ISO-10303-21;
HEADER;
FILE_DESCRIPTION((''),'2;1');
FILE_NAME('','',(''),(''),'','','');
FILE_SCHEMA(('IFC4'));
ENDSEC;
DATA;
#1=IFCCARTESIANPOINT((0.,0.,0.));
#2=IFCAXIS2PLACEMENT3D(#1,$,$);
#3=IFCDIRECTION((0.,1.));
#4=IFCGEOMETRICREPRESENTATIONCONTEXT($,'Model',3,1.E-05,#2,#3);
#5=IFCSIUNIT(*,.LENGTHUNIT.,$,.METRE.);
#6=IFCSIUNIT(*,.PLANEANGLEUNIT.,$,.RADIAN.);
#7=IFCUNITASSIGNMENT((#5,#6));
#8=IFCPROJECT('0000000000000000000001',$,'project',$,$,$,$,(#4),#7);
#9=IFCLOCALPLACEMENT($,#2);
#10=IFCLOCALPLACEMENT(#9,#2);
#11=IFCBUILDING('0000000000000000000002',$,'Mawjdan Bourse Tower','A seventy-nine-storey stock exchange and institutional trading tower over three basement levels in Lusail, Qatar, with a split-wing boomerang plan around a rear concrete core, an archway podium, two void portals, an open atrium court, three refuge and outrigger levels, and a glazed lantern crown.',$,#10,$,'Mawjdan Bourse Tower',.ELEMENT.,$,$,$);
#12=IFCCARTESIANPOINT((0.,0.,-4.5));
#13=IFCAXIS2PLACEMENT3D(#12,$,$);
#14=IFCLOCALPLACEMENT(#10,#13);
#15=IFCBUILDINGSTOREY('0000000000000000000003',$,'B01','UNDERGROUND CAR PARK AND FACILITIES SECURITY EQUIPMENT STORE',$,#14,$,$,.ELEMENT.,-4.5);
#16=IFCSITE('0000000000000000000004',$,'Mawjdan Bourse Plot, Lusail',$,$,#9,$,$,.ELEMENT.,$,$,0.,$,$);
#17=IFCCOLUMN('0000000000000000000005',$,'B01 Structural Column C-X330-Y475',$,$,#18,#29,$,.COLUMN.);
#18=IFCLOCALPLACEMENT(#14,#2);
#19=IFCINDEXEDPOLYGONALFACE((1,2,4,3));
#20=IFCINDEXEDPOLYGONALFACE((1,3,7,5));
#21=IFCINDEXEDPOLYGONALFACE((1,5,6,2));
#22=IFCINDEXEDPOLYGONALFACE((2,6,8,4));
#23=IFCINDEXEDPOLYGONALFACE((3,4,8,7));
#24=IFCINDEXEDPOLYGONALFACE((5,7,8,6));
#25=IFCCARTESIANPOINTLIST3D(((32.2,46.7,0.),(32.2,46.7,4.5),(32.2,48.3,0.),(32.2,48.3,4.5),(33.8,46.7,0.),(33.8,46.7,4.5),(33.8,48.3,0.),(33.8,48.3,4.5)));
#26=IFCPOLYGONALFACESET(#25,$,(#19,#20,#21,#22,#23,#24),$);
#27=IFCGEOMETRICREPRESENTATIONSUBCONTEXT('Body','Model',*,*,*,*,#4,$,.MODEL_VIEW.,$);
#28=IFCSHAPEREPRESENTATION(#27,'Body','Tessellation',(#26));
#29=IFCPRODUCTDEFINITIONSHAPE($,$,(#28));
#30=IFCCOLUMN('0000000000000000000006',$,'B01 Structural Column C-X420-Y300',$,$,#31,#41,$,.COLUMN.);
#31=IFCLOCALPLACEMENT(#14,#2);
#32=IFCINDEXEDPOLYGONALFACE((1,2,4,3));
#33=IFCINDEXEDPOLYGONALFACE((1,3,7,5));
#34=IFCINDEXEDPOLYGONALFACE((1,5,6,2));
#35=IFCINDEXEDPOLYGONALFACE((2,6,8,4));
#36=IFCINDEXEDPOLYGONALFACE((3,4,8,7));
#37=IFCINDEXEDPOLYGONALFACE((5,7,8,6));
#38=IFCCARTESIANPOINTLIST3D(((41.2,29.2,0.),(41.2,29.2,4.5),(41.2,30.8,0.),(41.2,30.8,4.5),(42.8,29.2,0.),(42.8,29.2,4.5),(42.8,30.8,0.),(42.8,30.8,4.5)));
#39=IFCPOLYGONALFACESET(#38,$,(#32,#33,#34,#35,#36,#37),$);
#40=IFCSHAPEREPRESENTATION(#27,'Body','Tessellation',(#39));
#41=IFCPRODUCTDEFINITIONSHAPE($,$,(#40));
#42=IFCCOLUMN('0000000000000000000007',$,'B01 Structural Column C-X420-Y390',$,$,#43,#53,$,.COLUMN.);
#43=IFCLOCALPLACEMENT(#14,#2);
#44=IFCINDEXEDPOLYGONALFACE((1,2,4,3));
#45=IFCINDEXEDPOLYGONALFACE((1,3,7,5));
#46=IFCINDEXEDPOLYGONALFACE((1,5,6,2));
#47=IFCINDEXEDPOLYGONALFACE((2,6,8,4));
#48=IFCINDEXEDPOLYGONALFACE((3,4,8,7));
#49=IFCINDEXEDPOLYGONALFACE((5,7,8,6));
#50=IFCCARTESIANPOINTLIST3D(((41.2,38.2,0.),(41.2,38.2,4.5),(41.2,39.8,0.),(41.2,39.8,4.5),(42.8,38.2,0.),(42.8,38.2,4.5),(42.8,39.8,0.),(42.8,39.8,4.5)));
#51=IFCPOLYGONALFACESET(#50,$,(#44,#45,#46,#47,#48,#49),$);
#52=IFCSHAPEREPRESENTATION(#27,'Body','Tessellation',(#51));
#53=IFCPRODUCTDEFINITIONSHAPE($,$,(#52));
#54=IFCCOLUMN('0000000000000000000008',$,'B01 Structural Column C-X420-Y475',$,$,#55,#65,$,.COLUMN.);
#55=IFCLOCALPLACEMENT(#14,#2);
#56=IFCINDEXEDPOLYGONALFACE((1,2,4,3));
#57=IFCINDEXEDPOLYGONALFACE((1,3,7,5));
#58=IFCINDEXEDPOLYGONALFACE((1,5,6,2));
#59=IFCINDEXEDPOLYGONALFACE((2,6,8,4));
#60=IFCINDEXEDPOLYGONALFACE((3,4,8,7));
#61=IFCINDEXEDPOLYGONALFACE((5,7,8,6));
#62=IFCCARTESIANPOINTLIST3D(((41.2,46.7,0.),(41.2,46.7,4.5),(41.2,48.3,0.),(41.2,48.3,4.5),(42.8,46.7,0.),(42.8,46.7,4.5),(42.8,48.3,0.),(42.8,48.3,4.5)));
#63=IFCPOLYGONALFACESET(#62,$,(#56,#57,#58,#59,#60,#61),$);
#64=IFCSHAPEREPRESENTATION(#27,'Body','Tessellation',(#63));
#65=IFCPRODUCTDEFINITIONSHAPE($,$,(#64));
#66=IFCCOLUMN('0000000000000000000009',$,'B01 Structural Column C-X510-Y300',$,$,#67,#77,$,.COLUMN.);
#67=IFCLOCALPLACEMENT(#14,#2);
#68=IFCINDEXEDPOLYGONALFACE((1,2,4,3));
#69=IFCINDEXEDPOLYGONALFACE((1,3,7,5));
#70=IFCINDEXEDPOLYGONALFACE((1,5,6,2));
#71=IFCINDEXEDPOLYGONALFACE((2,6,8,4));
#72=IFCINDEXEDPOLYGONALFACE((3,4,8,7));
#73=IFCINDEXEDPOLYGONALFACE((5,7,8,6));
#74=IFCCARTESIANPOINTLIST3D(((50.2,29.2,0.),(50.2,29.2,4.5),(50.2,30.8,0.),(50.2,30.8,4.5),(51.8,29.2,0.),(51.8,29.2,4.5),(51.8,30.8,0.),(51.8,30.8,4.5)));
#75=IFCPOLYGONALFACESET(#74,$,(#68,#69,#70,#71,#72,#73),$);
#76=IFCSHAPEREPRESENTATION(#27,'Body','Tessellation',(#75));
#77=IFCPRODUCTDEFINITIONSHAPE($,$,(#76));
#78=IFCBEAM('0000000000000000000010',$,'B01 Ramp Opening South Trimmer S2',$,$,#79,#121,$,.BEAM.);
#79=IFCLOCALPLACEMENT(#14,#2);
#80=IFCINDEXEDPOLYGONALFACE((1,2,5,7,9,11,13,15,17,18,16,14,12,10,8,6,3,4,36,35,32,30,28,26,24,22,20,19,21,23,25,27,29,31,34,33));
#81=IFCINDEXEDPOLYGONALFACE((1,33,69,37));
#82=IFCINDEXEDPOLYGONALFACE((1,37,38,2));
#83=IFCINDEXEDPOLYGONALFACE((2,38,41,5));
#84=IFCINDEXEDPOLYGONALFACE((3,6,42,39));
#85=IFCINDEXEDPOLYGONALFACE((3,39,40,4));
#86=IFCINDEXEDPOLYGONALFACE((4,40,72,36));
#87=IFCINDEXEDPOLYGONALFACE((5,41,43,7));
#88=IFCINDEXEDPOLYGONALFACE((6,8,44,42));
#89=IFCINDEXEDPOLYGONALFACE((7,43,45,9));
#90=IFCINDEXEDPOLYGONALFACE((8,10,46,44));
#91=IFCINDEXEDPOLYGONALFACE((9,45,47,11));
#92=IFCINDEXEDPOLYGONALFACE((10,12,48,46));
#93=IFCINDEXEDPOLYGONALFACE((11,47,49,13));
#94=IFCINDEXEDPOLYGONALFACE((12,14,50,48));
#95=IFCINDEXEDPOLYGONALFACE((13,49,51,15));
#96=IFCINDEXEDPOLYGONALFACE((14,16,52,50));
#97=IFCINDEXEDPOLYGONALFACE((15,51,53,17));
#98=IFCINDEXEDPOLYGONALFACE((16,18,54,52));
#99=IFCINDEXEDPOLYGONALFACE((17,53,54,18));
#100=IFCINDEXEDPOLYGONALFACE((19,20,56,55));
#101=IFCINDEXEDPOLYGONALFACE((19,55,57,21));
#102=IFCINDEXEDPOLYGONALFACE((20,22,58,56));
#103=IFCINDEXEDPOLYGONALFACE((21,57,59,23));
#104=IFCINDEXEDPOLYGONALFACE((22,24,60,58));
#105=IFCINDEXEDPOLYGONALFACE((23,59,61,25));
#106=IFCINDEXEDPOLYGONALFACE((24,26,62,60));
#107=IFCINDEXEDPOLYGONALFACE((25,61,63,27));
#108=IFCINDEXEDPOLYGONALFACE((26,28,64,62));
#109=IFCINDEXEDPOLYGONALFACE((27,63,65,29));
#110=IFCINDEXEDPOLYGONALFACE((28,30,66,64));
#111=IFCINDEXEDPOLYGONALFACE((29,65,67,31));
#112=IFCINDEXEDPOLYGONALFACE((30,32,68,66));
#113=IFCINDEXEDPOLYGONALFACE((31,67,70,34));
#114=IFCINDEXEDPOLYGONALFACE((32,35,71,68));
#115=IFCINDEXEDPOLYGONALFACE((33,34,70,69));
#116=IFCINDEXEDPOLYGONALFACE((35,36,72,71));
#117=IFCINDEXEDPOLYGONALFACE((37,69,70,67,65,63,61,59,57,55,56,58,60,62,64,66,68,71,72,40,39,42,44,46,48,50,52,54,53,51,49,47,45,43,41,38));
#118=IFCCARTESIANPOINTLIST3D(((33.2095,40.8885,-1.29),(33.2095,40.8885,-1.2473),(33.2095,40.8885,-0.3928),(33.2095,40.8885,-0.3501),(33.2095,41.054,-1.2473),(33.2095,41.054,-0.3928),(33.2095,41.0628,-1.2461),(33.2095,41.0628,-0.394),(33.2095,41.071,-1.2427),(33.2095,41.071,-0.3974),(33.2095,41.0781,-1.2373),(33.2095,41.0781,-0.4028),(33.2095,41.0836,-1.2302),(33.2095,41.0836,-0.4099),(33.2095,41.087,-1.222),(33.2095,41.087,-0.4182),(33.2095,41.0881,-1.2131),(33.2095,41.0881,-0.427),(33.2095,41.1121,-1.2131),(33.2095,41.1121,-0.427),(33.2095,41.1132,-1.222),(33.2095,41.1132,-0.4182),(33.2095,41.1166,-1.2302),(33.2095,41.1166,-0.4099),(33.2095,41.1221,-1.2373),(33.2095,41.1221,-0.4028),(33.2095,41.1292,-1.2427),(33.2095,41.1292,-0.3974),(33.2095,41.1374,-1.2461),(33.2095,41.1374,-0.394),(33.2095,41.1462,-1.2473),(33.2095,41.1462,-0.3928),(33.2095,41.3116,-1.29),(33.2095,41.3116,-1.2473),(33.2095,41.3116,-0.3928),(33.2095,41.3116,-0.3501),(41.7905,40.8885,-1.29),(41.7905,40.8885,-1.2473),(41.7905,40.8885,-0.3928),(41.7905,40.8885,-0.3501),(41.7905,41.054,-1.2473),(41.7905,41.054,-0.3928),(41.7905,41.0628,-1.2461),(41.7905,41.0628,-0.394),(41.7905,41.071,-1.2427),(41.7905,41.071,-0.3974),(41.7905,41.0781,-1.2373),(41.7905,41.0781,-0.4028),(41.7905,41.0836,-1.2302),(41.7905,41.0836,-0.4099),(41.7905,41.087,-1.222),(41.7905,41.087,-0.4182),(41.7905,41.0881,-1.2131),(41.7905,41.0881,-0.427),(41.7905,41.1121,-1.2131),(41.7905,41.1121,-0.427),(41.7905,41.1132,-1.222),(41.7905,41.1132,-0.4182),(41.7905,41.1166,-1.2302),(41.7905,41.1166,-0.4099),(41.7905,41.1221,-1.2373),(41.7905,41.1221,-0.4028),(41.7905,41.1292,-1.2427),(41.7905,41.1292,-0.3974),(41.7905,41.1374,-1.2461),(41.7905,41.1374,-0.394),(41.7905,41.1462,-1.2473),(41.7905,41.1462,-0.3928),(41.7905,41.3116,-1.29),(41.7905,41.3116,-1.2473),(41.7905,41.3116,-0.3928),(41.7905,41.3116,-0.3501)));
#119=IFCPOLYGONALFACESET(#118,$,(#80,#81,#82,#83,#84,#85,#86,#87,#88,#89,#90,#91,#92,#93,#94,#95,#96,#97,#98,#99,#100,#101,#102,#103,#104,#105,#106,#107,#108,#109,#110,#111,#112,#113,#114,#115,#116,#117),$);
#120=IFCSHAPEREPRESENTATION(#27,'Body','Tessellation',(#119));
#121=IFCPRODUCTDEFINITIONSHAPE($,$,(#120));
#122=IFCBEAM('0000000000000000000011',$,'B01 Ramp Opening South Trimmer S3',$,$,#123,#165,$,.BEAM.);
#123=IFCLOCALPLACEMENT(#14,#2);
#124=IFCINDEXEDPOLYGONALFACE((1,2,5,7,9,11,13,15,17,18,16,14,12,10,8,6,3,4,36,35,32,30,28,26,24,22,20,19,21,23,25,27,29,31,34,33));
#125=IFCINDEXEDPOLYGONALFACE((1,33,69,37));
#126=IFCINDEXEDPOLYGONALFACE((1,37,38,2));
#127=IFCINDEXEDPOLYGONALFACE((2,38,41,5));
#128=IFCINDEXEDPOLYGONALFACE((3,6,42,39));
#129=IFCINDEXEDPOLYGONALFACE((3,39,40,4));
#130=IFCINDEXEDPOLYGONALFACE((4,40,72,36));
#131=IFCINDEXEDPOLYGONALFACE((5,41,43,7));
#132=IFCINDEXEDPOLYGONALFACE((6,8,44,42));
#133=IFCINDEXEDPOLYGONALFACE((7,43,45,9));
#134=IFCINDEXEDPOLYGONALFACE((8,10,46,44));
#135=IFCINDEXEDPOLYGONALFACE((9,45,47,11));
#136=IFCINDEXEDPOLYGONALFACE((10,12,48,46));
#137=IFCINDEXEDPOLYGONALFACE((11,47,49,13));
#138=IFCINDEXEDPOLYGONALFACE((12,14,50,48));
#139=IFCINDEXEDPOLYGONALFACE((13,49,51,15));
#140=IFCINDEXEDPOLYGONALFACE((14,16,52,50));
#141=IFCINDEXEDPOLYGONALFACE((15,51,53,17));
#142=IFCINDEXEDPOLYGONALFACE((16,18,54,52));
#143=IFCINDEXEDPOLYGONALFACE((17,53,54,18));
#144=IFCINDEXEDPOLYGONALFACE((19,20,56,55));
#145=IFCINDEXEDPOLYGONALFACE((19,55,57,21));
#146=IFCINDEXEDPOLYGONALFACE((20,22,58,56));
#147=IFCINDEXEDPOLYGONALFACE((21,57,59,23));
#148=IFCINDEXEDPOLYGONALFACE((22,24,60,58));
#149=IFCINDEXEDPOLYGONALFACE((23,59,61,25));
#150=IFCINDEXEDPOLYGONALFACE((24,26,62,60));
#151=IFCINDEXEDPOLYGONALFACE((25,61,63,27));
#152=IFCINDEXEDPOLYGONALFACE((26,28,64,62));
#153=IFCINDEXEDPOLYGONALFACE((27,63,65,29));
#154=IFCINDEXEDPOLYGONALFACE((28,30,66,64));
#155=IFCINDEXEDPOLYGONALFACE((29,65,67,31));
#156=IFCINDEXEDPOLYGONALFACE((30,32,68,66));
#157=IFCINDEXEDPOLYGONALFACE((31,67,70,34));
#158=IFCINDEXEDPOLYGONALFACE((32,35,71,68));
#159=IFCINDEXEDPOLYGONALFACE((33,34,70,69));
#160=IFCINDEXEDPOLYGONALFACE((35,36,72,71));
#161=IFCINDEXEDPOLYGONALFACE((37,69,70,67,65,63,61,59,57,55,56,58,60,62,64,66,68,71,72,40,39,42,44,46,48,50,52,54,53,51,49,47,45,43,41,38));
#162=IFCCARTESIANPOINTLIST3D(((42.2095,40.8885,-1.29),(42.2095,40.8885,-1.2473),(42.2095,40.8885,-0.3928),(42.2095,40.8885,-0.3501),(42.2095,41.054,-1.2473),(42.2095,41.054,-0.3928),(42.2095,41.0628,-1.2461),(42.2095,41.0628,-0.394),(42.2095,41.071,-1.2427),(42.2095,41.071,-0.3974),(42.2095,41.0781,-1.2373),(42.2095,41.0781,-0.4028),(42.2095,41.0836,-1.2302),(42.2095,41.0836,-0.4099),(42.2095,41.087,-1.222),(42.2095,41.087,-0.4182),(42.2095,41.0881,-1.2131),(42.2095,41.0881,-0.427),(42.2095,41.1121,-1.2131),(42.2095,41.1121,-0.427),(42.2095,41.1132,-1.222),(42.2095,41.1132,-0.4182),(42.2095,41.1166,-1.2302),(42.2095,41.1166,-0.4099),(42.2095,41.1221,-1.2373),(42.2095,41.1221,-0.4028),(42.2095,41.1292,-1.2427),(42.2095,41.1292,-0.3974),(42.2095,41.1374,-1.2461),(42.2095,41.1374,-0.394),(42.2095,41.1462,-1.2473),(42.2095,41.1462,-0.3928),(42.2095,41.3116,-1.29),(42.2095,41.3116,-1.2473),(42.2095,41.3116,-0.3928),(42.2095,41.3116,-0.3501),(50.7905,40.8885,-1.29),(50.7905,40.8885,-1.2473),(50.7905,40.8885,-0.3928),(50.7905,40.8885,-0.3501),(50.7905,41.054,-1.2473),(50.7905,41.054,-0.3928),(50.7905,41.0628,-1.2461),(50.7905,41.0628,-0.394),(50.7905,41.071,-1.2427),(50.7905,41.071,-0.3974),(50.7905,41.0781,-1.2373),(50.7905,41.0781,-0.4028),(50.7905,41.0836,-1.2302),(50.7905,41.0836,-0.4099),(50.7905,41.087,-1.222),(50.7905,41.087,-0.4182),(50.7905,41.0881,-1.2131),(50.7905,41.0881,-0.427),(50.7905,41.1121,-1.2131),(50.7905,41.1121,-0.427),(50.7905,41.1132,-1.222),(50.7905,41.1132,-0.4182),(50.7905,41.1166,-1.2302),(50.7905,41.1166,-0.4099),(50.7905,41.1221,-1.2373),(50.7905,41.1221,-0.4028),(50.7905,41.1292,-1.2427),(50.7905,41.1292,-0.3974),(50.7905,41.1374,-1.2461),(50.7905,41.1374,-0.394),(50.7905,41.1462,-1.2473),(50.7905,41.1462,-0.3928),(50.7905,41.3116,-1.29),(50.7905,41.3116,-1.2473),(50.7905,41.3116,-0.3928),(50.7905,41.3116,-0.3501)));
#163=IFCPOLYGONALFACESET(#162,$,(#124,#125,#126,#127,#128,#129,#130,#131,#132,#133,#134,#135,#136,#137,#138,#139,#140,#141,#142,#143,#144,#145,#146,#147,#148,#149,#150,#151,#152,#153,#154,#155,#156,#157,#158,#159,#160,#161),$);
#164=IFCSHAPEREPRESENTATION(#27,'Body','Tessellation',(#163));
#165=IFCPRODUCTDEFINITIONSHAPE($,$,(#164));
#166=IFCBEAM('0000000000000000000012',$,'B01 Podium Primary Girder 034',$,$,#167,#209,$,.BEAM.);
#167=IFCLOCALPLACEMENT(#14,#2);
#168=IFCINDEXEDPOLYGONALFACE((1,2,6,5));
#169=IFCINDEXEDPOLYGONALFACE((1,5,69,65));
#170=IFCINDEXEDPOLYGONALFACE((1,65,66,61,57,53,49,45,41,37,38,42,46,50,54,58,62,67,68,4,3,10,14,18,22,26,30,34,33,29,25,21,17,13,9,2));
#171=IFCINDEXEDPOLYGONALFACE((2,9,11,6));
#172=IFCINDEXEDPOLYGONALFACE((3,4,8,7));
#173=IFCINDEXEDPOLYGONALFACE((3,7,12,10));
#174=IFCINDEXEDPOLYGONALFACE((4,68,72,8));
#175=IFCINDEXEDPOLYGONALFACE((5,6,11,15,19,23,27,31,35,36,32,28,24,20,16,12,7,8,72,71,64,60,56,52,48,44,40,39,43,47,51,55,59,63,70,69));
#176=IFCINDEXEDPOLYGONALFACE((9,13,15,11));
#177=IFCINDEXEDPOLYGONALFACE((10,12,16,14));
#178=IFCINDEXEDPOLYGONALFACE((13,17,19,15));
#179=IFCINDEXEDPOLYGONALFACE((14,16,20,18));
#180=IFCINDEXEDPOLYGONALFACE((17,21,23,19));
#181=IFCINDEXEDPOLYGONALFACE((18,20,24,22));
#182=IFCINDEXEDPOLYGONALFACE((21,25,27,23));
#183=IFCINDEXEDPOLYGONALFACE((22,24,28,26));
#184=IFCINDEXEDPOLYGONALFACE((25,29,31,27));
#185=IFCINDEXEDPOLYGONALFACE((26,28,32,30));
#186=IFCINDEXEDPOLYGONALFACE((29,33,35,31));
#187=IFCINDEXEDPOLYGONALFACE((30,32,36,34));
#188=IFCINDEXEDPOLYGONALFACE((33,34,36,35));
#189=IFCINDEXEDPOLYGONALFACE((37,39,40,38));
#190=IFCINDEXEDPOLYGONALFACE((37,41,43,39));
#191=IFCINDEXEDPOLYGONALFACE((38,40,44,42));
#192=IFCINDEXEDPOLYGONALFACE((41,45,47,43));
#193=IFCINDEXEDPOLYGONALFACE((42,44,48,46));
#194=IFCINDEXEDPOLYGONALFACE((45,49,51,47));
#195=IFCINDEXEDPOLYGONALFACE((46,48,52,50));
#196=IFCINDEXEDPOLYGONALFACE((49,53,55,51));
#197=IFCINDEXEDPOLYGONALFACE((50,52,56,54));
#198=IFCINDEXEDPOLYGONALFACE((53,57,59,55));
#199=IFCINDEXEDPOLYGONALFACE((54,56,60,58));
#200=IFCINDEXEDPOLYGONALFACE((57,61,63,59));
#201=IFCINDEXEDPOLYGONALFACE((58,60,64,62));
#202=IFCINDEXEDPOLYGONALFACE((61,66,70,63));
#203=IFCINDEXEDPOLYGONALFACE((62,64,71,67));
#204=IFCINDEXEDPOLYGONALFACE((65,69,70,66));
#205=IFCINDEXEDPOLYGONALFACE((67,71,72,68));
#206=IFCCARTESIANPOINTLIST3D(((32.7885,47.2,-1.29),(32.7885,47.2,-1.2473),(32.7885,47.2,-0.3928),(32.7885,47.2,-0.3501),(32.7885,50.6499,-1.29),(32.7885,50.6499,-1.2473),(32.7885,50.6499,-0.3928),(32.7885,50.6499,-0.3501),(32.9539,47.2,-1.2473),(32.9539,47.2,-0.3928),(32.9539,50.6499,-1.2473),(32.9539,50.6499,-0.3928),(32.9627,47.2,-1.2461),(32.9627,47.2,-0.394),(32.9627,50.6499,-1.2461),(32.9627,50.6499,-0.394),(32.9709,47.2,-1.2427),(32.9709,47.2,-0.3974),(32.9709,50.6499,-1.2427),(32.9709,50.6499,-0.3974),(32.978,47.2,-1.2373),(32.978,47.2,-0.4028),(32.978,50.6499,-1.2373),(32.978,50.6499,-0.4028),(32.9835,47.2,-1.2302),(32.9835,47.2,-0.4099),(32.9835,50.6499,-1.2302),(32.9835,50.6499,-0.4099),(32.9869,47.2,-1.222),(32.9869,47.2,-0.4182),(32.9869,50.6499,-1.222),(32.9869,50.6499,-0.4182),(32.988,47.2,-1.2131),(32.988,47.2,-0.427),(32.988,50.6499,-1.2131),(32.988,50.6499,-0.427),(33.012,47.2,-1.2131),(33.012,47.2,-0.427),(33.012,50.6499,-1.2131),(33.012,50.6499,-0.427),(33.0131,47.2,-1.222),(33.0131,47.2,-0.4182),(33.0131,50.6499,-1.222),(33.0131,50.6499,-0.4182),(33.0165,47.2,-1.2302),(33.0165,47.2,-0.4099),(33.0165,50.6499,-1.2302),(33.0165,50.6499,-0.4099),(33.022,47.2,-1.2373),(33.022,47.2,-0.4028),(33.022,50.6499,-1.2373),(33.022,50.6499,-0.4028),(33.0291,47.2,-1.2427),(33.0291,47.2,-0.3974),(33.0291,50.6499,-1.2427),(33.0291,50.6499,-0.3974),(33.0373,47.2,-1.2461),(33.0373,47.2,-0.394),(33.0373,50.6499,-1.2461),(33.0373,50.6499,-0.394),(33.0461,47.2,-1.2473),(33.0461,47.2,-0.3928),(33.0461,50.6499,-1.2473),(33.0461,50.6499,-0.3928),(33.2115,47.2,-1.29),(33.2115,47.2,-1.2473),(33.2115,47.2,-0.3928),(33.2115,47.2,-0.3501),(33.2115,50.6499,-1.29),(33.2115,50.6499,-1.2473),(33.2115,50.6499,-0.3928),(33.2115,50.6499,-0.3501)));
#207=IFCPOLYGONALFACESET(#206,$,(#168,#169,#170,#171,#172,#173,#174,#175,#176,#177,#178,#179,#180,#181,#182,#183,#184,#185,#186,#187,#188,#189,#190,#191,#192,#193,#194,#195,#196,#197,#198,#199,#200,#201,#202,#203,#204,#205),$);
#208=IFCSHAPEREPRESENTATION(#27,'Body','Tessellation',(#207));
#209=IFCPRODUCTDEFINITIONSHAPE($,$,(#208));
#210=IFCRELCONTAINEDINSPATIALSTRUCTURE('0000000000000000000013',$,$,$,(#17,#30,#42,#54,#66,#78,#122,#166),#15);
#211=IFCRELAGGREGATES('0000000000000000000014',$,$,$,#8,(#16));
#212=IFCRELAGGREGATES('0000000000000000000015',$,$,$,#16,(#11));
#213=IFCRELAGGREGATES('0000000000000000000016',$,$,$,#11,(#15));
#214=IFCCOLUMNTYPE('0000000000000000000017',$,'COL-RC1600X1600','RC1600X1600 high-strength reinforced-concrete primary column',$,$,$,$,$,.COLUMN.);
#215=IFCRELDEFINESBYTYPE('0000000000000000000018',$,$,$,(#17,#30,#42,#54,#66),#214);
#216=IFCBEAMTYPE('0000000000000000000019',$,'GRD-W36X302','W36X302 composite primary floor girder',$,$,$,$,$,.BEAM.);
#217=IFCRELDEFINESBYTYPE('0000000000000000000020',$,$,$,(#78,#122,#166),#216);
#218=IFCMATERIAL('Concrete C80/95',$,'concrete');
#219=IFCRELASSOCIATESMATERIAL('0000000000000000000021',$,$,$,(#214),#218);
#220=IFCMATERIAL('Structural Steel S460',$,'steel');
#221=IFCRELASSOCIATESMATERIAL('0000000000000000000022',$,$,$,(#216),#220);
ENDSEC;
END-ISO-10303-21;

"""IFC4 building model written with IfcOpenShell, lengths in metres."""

from ifc_helpers import new_model, si_unit, direction, frame, origin, origin_2d, place, context, subcontext, project, spatial, rectangle, i_section, extrude, material, material_profile, profile_set, type_object, element, save


model = new_model("IFC4")

# Units and contexts
model_context = context("Model", 3, precision=1e-05, world=origin(), true_north=direction((0.0, 1.0)))
body_context = subcontext(model_context, "Body", "Model", "MODEL_VIEW")
ifc_project = project(units=[si_unit("LENGTHUNIT", "METRE"), si_unit("PLANEANGLEUNIT", "RADIAN")], contexts=[model_context])

# Site, building, storey
site_placement = place(None, origin())
site = spatial("IfcSite", under=ifc_project, at=site_placement, Name="Mawjdan Bourse Plot, Lusail", CompositionType="ELEMENT", RefElevation=0.0)
building_placement = place(site_placement, origin())
building = spatial("IfcBuilding", under=site, at=building_placement, Name="Mawjdan Bourse Tower", Description="A seventy-nine-storey stock exchange and institutional trading tower over three basement levels in Lusail, Qatar, with a split-wing boomerang plan around a rear concrete core, an archway podium, two void portals, an open atrium court, three refuge and outrigger levels, and a glazed lantern crown.", LongName="Mawjdan Bourse Tower", CompositionType="ELEMENT")
storey_placement = place(building_placement, frame((0.0, 0.0, -4.5)))
storey = spatial("IfcBuildingStorey", under=building, at=storey_placement, Name="B01", Description="UNDERGROUND CAR PARK AND FACILITIES SECURITY EQUIPMENT STORE", CompositionType="ELEMENT", Elevation=-4.5)

# Columns
ifc_material_1 = material(Name="Concrete C80/95", Category="concrete")
ifc_material_profile_1 = material_profile(ifc_material_1, rectangle(XDim=1.6001, YDim=1.6001, at=origin_2d()), Name="RC1600X1600")
ifc_profile_set_1 = profile_set([ifc_material_profile_1], Name="Concrete C80/95")
column_type = type_object("IfcColumnType", Name="COL-RC1600X1600", Description="RC1600X1600 high-strength reinforced-concrete primary column", PredefinedType="COLUMN", material=ifc_profile_set_1)
for number, where, z_axis, x_axis, name in (
    (1, (33.0, 47.5, 0.0), (0.0, 0.0, 1.0), (1.0, 0.0, 0.0), "B01 Structural Column C-X330-Y475"),
    (2, (42.0, 30.0, 0.0), (0.0, 0.0, 1.0), (1.0, 0.0, 0.0), "B01 Structural Column C-X420-Y300"),
    (3, (42.0, 39.0, 0.0), (0.0, 0.0, 1.0), (1.0, 0.0, 0.0), "B01 Structural Column C-X420-Y390"),
    (4, (42.0, 47.5, 0.0), (0.0, 0.0, 1.0), (1.0, 0.0, 0.0), "B01 Structural Column C-X420-Y475"),
    (5, (51.0, 30.0, 0.0), (0.0, 0.0, 1.0), (1.0, 0.0, 0.0), "B01 Structural Column C-X510-Y300"),
):
    element("IfcColumn", number, at=place(storey_placement, frame(where, z_axis=z_axis, x_axis=x_axis)), inside=storey, type_object=column_type, Name=name, PredefinedType="COLUMN", context=body_context, shape_type="SweptSolid", body=[
        extrude(rectangle(XDim=1.6001, YDim=1.6001, at=origin_2d()), origin(), (0.0, 0.0, 1.0), 4.5),
    ])

# Beams
ifc_material_2 = material(Name="Structural Steel S460", Category="steel")
ifc_material_profile_2 = material_profile(ifc_material_2, i_section(OverallWidth=0.4231, OverallDepth=0.9399, WebThickness=0.0239, FlangeThickness=0.0427, FilletRadius=0.0342, at=origin_2d()), Name="W36X302")
ifc_profile_set_2 = profile_set([ifc_material_profile_2], Name="Structural Steel S460")
beam_type_1 = type_object("IfcBeamType", Name="GRD-W36X302", Description="W36X302 composite primary floor girder", PredefinedType="BEAM", material=ifc_profile_set_2)
for number, where, z_axis, x_axis, name in (
    (6, (33.2095, 41.1001, -0.8201), (1.0, 0.0, 0.0), (0.0, 1.0, 0.0), "B01 Ramp Opening South Trimmer S2"),
    (7, (42.2095, 41.1001, -0.8201), (1.0, 0.0, 0.0), (0.0, 1.0, 0.0), "B01 Ramp Opening South Trimmer S3"),
):
    element("IfcBeam", number, at=place(storey_placement, frame(where, z_axis=z_axis, x_axis=x_axis)), inside=storey, type_object=beam_type_1, Name=name, PredefinedType="BEAM", context=body_context, shape_type="SweptSolid", body=[
        extrude(i_section(OverallWidth=0.4231, OverallDepth=0.9399, WebThickness=0.0239, FlangeThickness=0.0427, FilletRadius=0.0342, at=origin_2d()), origin(), (0.0, 0.0, 1.0), 8.5811),
    ])
beam_1_placement = place(storey_placement, frame((33.0, 47.2, -0.8201), z_axis=(0.0, 1.0, 0.0), x_axis=(-1.0, 0.0, 0.0)))
element("IfcBeam", 8, at=beam_1_placement, inside=storey, type_object=beam_type_1, Name="B01 Podium Primary Girder 034", PredefinedType="BEAM", context=body_context, shape_type="SweptSolid", body=[
    extrude(i_section(OverallWidth=0.4231, OverallDepth=0.9399, WebThickness=0.0239, FlangeThickness=0.0427, FilletRadius=0.0342, at=origin_2d()), origin(), (0.0, 0.0, 1.0), 3.45),
])

save(model, "model.ifc")
